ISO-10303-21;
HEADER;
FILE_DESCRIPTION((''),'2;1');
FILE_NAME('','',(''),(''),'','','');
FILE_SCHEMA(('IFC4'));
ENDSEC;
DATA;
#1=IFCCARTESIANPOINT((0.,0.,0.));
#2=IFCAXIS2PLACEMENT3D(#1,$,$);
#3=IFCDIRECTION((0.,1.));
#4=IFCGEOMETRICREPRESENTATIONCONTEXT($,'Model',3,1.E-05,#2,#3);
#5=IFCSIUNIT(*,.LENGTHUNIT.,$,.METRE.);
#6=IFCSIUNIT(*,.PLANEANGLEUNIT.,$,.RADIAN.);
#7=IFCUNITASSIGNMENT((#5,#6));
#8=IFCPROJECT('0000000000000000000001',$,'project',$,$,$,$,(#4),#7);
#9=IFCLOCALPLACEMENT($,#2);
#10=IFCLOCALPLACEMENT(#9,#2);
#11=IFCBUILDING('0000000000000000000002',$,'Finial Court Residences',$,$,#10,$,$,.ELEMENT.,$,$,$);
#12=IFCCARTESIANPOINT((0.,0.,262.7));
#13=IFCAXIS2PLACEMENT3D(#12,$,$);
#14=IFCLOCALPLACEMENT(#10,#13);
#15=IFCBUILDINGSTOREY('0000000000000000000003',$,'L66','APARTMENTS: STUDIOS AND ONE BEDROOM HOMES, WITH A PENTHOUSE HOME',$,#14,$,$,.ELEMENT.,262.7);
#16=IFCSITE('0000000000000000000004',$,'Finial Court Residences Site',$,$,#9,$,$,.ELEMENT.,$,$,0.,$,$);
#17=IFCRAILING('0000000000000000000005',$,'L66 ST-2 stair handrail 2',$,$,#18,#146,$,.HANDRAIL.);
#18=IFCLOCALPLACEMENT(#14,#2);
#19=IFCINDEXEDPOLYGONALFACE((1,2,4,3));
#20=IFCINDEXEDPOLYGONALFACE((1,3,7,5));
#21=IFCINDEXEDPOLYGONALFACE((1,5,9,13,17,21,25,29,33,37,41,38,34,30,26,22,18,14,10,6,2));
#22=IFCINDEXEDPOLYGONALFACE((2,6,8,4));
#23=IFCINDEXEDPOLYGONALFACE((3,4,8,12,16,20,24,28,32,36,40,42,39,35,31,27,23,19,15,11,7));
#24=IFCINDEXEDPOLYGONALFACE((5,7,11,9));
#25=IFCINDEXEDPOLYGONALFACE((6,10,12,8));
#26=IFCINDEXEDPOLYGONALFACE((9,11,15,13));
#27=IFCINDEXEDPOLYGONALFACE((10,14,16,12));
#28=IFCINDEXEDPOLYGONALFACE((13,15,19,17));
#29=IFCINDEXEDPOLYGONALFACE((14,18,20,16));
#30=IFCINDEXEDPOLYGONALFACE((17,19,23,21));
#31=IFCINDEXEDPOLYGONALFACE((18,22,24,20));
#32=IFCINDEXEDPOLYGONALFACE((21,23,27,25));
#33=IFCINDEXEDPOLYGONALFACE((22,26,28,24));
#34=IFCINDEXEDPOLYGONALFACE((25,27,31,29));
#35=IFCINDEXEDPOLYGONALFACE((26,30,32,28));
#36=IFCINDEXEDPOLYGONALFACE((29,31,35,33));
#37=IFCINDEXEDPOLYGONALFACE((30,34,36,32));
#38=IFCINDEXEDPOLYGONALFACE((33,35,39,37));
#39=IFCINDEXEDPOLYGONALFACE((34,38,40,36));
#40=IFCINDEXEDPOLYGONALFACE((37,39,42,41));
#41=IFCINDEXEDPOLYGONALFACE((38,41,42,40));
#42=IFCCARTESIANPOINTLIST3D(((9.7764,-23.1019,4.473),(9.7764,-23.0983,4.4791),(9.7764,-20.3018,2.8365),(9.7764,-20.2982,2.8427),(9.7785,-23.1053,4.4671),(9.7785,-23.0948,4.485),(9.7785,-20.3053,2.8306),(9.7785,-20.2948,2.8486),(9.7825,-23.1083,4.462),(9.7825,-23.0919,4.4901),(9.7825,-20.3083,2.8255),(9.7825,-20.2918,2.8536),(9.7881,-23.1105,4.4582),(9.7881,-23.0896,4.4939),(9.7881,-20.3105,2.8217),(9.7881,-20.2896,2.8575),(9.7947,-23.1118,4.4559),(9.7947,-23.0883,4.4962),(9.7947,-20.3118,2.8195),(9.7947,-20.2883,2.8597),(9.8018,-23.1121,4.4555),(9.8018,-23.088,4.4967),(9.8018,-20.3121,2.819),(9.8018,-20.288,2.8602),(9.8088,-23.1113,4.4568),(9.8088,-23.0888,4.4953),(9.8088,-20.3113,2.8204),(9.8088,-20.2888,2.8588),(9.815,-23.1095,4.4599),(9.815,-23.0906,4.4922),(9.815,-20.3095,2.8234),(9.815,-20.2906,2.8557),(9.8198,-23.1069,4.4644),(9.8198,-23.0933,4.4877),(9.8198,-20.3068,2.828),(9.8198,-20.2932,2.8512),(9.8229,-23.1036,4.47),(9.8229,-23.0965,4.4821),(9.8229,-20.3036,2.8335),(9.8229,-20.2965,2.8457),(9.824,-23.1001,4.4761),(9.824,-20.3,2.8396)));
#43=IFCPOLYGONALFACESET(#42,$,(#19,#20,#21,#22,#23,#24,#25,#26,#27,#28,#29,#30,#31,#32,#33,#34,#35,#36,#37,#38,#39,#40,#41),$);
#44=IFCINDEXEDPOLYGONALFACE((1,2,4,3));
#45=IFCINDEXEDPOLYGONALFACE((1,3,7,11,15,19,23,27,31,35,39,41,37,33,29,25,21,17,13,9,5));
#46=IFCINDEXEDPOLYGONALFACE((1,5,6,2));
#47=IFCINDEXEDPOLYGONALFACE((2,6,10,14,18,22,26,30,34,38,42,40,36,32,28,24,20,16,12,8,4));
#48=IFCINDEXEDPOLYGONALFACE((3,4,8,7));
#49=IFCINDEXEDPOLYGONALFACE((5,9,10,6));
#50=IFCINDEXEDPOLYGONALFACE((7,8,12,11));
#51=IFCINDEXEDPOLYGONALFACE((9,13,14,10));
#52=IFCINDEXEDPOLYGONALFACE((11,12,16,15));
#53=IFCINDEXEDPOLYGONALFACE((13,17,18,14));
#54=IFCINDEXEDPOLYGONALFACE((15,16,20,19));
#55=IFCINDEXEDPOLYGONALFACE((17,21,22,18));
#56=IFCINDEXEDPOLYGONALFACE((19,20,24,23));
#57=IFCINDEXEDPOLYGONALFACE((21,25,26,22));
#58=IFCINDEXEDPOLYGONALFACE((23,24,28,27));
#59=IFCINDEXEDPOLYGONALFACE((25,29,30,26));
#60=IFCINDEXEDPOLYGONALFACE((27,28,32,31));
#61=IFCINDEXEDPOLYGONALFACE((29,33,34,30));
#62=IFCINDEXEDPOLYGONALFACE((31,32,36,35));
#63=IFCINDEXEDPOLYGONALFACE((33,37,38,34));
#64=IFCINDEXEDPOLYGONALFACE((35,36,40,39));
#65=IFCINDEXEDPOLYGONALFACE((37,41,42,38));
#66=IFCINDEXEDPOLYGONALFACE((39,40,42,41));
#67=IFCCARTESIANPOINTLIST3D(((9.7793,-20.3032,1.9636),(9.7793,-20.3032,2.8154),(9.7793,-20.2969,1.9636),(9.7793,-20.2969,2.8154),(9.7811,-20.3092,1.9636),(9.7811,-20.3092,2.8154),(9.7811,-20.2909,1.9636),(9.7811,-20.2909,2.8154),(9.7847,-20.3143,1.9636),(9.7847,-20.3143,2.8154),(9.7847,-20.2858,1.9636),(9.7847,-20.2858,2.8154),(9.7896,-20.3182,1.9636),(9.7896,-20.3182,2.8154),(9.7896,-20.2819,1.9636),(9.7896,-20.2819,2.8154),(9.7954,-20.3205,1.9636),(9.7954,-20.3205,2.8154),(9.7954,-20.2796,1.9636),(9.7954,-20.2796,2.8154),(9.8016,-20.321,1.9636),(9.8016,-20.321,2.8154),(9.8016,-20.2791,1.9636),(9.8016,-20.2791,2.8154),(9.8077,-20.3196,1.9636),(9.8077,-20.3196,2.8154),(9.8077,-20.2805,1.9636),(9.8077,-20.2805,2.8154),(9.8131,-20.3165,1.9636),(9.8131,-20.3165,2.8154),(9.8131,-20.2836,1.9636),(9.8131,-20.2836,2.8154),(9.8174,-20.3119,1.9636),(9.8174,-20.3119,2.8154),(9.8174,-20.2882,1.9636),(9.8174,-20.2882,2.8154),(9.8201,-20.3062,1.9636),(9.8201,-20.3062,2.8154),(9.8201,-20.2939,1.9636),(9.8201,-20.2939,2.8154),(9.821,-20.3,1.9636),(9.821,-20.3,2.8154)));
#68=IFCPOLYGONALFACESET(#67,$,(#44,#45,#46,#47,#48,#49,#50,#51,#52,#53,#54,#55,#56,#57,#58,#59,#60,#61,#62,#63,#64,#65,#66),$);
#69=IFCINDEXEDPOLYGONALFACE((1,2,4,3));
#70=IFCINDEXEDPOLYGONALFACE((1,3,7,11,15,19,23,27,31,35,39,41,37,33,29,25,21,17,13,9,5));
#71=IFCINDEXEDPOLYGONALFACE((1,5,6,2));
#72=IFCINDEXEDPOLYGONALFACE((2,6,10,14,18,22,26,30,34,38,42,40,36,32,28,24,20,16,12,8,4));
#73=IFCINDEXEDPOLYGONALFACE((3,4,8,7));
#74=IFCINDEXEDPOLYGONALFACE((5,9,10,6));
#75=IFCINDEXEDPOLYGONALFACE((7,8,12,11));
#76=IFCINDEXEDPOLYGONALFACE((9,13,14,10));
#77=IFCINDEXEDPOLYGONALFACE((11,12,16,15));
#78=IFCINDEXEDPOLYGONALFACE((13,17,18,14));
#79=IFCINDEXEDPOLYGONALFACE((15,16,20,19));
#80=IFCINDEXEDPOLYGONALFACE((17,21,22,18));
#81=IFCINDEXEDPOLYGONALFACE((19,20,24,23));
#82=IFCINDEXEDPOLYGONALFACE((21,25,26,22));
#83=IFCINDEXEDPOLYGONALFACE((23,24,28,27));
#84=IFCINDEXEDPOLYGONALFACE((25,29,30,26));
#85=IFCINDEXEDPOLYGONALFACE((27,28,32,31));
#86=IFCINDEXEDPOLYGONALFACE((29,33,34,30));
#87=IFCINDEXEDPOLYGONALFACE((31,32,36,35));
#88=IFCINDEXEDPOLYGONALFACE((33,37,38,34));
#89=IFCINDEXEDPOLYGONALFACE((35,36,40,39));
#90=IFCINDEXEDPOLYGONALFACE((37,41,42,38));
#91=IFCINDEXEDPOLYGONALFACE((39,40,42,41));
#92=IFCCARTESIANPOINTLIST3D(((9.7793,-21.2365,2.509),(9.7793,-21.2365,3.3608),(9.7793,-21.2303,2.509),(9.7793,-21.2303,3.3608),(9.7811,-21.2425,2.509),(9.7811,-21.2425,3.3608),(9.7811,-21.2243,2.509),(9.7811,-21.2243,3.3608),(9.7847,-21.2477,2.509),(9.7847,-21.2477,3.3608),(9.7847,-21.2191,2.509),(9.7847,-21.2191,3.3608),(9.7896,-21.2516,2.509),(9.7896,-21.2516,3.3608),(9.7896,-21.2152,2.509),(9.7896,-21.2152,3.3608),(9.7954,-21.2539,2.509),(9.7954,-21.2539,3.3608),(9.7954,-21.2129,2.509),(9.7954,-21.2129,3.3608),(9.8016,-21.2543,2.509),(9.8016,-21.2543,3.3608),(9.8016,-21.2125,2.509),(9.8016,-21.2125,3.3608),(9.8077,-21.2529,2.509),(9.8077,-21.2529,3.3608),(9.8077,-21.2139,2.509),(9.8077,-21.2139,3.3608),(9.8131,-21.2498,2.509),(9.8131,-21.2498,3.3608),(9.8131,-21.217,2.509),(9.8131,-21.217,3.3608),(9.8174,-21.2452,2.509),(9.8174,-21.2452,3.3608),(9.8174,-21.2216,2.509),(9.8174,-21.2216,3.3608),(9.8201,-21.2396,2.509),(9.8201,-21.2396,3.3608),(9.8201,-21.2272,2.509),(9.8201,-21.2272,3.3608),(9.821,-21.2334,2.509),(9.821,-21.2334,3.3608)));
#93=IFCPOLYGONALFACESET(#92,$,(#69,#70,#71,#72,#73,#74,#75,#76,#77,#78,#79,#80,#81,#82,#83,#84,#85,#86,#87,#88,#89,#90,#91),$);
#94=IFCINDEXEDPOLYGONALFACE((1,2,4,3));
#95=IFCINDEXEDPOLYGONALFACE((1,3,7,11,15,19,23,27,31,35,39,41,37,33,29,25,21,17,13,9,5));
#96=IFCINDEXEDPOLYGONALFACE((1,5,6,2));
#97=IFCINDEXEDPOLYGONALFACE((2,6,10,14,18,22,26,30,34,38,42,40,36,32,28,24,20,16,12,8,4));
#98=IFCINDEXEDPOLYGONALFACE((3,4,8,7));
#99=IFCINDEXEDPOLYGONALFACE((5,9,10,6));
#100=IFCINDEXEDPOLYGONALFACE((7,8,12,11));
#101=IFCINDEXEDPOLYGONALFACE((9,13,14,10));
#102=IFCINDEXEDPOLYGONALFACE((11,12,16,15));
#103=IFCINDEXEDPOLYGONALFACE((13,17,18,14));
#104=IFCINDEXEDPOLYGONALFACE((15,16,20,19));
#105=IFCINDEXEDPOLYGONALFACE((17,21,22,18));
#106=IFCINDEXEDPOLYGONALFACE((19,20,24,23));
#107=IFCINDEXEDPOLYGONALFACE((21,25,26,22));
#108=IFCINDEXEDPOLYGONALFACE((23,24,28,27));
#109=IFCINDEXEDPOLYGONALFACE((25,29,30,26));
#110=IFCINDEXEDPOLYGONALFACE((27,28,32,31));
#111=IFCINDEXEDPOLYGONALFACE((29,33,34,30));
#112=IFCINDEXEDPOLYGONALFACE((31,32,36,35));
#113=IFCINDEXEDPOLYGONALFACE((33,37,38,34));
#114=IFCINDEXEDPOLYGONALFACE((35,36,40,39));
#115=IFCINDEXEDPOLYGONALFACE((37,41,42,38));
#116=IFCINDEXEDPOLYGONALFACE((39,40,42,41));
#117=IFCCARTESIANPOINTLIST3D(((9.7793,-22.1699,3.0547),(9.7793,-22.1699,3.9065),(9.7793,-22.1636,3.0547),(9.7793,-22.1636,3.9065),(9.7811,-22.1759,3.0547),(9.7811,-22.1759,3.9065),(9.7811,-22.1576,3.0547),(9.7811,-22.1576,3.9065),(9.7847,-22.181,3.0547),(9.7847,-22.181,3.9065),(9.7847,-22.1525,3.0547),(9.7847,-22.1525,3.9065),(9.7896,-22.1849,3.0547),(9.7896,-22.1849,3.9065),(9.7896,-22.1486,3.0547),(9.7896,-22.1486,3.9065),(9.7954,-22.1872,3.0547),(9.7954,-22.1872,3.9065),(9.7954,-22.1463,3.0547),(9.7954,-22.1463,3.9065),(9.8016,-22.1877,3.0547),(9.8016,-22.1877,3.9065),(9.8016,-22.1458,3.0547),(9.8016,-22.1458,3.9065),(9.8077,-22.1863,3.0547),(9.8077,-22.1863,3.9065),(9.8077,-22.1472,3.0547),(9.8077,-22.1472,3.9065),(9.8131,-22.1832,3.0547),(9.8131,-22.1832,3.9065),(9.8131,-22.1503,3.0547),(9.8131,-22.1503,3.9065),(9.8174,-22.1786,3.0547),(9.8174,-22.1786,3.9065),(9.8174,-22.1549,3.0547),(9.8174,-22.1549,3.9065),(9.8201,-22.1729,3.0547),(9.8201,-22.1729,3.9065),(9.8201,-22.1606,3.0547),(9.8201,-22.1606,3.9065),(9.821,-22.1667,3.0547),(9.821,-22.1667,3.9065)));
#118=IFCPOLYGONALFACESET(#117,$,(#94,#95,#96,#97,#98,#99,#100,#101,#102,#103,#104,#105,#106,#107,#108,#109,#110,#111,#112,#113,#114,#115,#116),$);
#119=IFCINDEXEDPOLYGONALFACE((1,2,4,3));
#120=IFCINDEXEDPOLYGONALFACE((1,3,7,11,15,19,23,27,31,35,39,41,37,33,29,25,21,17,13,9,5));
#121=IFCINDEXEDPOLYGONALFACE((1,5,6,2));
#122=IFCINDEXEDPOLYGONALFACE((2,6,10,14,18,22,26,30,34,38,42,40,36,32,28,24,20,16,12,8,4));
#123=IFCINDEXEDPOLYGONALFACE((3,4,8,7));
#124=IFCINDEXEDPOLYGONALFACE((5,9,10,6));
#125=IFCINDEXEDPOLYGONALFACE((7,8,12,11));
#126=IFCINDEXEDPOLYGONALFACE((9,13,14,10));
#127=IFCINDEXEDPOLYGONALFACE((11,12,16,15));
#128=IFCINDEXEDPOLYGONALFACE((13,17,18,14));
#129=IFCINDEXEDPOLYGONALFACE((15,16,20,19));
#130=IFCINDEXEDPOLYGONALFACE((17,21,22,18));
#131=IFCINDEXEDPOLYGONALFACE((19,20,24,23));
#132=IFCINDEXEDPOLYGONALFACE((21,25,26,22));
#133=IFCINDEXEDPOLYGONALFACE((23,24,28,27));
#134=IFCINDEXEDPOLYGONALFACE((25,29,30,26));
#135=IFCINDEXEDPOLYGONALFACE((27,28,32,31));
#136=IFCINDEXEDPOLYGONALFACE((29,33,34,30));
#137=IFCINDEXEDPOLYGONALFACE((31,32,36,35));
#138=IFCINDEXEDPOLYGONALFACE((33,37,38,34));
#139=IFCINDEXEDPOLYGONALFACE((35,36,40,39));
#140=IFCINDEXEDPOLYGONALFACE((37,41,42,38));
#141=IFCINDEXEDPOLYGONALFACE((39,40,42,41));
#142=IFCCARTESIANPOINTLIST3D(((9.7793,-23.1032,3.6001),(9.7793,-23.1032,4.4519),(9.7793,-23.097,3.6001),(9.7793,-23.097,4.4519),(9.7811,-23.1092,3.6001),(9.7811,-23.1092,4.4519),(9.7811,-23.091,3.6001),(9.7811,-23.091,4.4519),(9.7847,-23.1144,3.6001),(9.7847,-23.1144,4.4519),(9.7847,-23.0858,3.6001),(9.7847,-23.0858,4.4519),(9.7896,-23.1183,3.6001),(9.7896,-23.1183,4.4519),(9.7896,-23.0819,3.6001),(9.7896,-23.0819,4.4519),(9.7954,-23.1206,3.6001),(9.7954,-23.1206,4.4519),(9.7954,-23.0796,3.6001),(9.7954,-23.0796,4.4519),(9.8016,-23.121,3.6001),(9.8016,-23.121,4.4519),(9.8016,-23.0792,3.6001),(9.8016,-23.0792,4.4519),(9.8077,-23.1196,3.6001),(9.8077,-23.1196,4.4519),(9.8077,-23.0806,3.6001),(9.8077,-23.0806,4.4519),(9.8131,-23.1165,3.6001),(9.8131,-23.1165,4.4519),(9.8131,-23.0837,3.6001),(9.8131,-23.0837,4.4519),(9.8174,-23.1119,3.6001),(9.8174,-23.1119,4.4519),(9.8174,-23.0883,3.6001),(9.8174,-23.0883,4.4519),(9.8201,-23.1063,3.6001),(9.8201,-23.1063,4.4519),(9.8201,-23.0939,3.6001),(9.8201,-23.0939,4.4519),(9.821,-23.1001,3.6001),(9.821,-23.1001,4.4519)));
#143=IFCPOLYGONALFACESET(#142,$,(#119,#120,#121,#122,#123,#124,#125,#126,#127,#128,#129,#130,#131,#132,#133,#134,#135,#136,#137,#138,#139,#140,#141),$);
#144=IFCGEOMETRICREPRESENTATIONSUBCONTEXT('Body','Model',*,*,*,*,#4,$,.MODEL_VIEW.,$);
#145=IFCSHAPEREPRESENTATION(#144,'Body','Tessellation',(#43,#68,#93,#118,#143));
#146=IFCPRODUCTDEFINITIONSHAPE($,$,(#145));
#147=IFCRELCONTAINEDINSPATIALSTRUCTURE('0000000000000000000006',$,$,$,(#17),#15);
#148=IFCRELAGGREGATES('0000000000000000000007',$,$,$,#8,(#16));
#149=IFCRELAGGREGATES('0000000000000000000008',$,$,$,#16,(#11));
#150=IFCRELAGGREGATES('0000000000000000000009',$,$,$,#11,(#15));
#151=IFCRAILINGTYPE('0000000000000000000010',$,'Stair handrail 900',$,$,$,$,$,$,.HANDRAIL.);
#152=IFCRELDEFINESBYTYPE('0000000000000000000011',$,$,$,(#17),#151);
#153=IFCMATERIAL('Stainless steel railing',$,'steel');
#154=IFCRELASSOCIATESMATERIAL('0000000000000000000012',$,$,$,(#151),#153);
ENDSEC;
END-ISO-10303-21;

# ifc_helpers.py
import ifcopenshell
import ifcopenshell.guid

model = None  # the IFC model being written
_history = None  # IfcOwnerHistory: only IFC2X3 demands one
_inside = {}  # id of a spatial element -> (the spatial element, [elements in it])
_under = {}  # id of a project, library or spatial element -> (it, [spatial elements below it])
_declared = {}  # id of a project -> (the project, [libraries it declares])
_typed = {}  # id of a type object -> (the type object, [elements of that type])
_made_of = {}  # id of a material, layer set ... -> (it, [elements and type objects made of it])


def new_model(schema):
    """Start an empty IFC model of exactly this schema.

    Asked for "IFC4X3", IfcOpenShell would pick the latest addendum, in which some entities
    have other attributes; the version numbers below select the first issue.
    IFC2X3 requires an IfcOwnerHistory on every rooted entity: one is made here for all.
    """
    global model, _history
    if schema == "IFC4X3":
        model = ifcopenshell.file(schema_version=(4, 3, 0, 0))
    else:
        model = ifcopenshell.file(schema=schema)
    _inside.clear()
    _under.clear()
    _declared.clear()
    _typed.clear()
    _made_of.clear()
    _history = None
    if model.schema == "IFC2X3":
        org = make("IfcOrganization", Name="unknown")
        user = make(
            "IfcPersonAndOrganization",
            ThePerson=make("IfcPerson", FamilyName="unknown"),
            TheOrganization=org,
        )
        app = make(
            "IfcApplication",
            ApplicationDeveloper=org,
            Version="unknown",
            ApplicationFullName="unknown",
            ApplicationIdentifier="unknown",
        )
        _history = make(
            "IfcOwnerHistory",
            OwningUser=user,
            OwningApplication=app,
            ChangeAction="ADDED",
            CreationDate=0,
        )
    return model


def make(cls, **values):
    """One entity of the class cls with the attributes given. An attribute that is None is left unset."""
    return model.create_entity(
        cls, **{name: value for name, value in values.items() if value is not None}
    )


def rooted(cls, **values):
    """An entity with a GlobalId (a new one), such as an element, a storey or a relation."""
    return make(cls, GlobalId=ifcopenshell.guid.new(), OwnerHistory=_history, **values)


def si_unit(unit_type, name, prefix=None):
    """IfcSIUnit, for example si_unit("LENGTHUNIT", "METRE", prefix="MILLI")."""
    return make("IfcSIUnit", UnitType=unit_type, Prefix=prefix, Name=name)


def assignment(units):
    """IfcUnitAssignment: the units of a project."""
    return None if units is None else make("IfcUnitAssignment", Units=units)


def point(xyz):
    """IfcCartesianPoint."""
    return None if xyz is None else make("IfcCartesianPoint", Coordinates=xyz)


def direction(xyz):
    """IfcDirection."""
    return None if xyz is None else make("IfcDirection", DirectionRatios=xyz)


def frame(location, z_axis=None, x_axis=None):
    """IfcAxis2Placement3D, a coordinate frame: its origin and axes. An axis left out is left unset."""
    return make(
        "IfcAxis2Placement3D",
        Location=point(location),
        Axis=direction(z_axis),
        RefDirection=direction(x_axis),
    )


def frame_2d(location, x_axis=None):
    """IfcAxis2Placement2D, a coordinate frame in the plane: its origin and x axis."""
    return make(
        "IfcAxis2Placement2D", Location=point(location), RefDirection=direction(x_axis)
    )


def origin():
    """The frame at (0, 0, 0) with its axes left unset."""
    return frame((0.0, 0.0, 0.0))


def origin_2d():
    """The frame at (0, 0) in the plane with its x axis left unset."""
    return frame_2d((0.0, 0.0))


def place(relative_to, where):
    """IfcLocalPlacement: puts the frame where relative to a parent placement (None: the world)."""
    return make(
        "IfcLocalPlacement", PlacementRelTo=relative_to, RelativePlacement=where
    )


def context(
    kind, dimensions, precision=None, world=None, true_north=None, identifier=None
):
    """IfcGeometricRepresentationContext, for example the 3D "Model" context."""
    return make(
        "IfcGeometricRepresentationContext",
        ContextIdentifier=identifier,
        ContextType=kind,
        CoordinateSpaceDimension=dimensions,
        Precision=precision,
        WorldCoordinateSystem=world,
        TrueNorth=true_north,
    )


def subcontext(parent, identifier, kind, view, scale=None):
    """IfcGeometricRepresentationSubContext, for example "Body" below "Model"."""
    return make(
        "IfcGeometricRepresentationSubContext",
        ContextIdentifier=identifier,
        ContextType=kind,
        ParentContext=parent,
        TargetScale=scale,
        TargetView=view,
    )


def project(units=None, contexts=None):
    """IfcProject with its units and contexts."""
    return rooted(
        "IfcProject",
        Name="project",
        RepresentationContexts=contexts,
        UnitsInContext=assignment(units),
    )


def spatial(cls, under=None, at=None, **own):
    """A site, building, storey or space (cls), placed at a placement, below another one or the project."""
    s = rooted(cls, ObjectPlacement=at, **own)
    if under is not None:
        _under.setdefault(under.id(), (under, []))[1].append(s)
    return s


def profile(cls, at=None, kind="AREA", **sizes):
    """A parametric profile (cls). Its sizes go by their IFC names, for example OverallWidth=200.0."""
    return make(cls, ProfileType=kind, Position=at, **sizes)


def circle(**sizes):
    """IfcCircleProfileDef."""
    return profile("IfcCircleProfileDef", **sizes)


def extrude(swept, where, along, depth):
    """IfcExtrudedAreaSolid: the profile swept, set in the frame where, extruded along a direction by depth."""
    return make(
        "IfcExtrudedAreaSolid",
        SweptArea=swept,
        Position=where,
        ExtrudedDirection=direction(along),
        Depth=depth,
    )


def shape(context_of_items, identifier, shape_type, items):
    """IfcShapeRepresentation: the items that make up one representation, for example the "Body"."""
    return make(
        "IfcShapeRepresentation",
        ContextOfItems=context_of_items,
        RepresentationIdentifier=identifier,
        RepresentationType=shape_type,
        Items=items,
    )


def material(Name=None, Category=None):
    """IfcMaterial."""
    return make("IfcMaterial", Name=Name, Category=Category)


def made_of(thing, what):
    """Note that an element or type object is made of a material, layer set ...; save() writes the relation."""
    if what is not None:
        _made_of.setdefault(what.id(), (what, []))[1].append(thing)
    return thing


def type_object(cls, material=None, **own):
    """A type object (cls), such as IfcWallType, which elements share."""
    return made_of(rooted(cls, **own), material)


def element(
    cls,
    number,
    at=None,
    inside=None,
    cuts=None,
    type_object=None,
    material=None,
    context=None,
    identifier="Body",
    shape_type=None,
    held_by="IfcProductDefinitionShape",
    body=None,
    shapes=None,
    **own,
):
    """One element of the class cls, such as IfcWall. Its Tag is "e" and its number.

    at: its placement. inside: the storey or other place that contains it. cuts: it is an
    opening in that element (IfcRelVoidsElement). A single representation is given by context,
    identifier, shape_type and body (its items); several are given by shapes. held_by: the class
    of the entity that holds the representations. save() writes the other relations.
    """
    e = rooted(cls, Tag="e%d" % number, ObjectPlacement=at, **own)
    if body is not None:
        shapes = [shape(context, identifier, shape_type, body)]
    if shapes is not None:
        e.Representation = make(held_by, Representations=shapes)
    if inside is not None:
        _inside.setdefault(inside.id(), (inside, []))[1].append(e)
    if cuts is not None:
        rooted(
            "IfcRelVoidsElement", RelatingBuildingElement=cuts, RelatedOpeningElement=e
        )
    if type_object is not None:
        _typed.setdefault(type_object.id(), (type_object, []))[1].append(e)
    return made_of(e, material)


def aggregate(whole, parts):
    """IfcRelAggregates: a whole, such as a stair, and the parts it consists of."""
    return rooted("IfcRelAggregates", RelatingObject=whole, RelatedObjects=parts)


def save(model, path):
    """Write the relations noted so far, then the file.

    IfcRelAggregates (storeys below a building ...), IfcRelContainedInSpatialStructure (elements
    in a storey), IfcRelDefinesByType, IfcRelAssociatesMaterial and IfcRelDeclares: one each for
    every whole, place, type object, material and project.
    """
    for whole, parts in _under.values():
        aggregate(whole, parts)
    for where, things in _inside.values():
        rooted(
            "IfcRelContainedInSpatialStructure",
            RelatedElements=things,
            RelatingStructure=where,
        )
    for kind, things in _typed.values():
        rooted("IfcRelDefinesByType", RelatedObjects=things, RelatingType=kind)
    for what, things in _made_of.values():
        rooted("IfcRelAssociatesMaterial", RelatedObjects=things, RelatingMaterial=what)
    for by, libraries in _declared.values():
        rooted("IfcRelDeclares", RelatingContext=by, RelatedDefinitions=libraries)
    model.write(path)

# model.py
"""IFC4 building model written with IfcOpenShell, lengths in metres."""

from ifc_helpers import new_model, si_unit, direction, frame, origin, origin_2d, place, context, subcontext, project, spatial, circle, extrude, material, type_object, element, save


model = new_model("IFC4")

# Units and contexts
model_context = context("Model", 3, precision=1e-05, world=origin(), true_north=direction((0.0, 1.0)))
body_context = subcontext(model_context, "Body", "Model", "MODEL_VIEW")
ifc_project = project(units=[si_unit("LENGTHUNIT", "METRE"), si_unit("PLANEANGLEUNIT", "RADIAN")], contexts=[model_context])

# Site, building, storey
site_placement = place(None, origin())
site = spatial("IfcSite", under=ifc_project, at=site_placement, Name="Finial Court Residences Site", CompositionType="ELEMENT", RefElevation=0.0)
building_placement = place(site_placement, origin())
building = spatial("IfcBuilding", under=site, at=building_placement, Name="Finial Court Residences", CompositionType="ELEMENT")
storey_placement = place(building_placement, frame((0.0, 0.0, 262.7)))
storey = spatial("IfcBuildingStorey", under=building, at=storey_placement, Name="L66", Description="APARTMENTS: STUDIOS AND ONE BEDROOM HOMES, WITH A PENTHOUSE HOME", CompositionType="ELEMENT", Elevation=262.7)

# Railing
ifc_material_1 = material(Name="Stainless steel railing", Category="steel")
railing_type_1 = type_object("IfcRailingType", Name="Stair handrail 900", PredefinedType="HANDRAIL", material=ifc_material_1)
railing_1_placement = place(storey_placement, frame((9.8, -20.3, 1.9636)))
element("IfcRailing", 1, at=railing_1_placement, inside=storey, type_object=railing_type_1, Name="L66 ST-2 stair handrail 2", PredefinedType="HANDRAIL", context=body_context, shape_type="SweptSolid", body=[
    extrude(circle(Radius=0.0239, at=origin_2d()), frame((0.0, 0.0, 0.876), z_axis=(0.0, -0.863361, 0.504587), x_axis=(1.0, 0.0, 0.0)), (0.0, 0.0, 1.0), 3.2432),
    extrude(circle(Radius=0.021, at=origin_2d()), origin(), (0.0, 0.0, 1.0), 0.8518),
    extrude(circle(Radius=0.021, at=origin_2d()), frame((0.0, -0.9333, 0.5454)), (0.0, 0.0, 1.0), 0.8518),
    extrude(circle(Radius=0.021, at=origin_2d()), frame((0.0, -1.8667, 1.0911)), (0.0, 0.0, 1.0), 0.8518),
    extrude(circle(Radius=0.021, at=origin_2d()), frame((0.0, -2.8, 1.6365)), (0.0, 0.0, 1.0), 0.8518),
])

save(model, "model.ifc")
